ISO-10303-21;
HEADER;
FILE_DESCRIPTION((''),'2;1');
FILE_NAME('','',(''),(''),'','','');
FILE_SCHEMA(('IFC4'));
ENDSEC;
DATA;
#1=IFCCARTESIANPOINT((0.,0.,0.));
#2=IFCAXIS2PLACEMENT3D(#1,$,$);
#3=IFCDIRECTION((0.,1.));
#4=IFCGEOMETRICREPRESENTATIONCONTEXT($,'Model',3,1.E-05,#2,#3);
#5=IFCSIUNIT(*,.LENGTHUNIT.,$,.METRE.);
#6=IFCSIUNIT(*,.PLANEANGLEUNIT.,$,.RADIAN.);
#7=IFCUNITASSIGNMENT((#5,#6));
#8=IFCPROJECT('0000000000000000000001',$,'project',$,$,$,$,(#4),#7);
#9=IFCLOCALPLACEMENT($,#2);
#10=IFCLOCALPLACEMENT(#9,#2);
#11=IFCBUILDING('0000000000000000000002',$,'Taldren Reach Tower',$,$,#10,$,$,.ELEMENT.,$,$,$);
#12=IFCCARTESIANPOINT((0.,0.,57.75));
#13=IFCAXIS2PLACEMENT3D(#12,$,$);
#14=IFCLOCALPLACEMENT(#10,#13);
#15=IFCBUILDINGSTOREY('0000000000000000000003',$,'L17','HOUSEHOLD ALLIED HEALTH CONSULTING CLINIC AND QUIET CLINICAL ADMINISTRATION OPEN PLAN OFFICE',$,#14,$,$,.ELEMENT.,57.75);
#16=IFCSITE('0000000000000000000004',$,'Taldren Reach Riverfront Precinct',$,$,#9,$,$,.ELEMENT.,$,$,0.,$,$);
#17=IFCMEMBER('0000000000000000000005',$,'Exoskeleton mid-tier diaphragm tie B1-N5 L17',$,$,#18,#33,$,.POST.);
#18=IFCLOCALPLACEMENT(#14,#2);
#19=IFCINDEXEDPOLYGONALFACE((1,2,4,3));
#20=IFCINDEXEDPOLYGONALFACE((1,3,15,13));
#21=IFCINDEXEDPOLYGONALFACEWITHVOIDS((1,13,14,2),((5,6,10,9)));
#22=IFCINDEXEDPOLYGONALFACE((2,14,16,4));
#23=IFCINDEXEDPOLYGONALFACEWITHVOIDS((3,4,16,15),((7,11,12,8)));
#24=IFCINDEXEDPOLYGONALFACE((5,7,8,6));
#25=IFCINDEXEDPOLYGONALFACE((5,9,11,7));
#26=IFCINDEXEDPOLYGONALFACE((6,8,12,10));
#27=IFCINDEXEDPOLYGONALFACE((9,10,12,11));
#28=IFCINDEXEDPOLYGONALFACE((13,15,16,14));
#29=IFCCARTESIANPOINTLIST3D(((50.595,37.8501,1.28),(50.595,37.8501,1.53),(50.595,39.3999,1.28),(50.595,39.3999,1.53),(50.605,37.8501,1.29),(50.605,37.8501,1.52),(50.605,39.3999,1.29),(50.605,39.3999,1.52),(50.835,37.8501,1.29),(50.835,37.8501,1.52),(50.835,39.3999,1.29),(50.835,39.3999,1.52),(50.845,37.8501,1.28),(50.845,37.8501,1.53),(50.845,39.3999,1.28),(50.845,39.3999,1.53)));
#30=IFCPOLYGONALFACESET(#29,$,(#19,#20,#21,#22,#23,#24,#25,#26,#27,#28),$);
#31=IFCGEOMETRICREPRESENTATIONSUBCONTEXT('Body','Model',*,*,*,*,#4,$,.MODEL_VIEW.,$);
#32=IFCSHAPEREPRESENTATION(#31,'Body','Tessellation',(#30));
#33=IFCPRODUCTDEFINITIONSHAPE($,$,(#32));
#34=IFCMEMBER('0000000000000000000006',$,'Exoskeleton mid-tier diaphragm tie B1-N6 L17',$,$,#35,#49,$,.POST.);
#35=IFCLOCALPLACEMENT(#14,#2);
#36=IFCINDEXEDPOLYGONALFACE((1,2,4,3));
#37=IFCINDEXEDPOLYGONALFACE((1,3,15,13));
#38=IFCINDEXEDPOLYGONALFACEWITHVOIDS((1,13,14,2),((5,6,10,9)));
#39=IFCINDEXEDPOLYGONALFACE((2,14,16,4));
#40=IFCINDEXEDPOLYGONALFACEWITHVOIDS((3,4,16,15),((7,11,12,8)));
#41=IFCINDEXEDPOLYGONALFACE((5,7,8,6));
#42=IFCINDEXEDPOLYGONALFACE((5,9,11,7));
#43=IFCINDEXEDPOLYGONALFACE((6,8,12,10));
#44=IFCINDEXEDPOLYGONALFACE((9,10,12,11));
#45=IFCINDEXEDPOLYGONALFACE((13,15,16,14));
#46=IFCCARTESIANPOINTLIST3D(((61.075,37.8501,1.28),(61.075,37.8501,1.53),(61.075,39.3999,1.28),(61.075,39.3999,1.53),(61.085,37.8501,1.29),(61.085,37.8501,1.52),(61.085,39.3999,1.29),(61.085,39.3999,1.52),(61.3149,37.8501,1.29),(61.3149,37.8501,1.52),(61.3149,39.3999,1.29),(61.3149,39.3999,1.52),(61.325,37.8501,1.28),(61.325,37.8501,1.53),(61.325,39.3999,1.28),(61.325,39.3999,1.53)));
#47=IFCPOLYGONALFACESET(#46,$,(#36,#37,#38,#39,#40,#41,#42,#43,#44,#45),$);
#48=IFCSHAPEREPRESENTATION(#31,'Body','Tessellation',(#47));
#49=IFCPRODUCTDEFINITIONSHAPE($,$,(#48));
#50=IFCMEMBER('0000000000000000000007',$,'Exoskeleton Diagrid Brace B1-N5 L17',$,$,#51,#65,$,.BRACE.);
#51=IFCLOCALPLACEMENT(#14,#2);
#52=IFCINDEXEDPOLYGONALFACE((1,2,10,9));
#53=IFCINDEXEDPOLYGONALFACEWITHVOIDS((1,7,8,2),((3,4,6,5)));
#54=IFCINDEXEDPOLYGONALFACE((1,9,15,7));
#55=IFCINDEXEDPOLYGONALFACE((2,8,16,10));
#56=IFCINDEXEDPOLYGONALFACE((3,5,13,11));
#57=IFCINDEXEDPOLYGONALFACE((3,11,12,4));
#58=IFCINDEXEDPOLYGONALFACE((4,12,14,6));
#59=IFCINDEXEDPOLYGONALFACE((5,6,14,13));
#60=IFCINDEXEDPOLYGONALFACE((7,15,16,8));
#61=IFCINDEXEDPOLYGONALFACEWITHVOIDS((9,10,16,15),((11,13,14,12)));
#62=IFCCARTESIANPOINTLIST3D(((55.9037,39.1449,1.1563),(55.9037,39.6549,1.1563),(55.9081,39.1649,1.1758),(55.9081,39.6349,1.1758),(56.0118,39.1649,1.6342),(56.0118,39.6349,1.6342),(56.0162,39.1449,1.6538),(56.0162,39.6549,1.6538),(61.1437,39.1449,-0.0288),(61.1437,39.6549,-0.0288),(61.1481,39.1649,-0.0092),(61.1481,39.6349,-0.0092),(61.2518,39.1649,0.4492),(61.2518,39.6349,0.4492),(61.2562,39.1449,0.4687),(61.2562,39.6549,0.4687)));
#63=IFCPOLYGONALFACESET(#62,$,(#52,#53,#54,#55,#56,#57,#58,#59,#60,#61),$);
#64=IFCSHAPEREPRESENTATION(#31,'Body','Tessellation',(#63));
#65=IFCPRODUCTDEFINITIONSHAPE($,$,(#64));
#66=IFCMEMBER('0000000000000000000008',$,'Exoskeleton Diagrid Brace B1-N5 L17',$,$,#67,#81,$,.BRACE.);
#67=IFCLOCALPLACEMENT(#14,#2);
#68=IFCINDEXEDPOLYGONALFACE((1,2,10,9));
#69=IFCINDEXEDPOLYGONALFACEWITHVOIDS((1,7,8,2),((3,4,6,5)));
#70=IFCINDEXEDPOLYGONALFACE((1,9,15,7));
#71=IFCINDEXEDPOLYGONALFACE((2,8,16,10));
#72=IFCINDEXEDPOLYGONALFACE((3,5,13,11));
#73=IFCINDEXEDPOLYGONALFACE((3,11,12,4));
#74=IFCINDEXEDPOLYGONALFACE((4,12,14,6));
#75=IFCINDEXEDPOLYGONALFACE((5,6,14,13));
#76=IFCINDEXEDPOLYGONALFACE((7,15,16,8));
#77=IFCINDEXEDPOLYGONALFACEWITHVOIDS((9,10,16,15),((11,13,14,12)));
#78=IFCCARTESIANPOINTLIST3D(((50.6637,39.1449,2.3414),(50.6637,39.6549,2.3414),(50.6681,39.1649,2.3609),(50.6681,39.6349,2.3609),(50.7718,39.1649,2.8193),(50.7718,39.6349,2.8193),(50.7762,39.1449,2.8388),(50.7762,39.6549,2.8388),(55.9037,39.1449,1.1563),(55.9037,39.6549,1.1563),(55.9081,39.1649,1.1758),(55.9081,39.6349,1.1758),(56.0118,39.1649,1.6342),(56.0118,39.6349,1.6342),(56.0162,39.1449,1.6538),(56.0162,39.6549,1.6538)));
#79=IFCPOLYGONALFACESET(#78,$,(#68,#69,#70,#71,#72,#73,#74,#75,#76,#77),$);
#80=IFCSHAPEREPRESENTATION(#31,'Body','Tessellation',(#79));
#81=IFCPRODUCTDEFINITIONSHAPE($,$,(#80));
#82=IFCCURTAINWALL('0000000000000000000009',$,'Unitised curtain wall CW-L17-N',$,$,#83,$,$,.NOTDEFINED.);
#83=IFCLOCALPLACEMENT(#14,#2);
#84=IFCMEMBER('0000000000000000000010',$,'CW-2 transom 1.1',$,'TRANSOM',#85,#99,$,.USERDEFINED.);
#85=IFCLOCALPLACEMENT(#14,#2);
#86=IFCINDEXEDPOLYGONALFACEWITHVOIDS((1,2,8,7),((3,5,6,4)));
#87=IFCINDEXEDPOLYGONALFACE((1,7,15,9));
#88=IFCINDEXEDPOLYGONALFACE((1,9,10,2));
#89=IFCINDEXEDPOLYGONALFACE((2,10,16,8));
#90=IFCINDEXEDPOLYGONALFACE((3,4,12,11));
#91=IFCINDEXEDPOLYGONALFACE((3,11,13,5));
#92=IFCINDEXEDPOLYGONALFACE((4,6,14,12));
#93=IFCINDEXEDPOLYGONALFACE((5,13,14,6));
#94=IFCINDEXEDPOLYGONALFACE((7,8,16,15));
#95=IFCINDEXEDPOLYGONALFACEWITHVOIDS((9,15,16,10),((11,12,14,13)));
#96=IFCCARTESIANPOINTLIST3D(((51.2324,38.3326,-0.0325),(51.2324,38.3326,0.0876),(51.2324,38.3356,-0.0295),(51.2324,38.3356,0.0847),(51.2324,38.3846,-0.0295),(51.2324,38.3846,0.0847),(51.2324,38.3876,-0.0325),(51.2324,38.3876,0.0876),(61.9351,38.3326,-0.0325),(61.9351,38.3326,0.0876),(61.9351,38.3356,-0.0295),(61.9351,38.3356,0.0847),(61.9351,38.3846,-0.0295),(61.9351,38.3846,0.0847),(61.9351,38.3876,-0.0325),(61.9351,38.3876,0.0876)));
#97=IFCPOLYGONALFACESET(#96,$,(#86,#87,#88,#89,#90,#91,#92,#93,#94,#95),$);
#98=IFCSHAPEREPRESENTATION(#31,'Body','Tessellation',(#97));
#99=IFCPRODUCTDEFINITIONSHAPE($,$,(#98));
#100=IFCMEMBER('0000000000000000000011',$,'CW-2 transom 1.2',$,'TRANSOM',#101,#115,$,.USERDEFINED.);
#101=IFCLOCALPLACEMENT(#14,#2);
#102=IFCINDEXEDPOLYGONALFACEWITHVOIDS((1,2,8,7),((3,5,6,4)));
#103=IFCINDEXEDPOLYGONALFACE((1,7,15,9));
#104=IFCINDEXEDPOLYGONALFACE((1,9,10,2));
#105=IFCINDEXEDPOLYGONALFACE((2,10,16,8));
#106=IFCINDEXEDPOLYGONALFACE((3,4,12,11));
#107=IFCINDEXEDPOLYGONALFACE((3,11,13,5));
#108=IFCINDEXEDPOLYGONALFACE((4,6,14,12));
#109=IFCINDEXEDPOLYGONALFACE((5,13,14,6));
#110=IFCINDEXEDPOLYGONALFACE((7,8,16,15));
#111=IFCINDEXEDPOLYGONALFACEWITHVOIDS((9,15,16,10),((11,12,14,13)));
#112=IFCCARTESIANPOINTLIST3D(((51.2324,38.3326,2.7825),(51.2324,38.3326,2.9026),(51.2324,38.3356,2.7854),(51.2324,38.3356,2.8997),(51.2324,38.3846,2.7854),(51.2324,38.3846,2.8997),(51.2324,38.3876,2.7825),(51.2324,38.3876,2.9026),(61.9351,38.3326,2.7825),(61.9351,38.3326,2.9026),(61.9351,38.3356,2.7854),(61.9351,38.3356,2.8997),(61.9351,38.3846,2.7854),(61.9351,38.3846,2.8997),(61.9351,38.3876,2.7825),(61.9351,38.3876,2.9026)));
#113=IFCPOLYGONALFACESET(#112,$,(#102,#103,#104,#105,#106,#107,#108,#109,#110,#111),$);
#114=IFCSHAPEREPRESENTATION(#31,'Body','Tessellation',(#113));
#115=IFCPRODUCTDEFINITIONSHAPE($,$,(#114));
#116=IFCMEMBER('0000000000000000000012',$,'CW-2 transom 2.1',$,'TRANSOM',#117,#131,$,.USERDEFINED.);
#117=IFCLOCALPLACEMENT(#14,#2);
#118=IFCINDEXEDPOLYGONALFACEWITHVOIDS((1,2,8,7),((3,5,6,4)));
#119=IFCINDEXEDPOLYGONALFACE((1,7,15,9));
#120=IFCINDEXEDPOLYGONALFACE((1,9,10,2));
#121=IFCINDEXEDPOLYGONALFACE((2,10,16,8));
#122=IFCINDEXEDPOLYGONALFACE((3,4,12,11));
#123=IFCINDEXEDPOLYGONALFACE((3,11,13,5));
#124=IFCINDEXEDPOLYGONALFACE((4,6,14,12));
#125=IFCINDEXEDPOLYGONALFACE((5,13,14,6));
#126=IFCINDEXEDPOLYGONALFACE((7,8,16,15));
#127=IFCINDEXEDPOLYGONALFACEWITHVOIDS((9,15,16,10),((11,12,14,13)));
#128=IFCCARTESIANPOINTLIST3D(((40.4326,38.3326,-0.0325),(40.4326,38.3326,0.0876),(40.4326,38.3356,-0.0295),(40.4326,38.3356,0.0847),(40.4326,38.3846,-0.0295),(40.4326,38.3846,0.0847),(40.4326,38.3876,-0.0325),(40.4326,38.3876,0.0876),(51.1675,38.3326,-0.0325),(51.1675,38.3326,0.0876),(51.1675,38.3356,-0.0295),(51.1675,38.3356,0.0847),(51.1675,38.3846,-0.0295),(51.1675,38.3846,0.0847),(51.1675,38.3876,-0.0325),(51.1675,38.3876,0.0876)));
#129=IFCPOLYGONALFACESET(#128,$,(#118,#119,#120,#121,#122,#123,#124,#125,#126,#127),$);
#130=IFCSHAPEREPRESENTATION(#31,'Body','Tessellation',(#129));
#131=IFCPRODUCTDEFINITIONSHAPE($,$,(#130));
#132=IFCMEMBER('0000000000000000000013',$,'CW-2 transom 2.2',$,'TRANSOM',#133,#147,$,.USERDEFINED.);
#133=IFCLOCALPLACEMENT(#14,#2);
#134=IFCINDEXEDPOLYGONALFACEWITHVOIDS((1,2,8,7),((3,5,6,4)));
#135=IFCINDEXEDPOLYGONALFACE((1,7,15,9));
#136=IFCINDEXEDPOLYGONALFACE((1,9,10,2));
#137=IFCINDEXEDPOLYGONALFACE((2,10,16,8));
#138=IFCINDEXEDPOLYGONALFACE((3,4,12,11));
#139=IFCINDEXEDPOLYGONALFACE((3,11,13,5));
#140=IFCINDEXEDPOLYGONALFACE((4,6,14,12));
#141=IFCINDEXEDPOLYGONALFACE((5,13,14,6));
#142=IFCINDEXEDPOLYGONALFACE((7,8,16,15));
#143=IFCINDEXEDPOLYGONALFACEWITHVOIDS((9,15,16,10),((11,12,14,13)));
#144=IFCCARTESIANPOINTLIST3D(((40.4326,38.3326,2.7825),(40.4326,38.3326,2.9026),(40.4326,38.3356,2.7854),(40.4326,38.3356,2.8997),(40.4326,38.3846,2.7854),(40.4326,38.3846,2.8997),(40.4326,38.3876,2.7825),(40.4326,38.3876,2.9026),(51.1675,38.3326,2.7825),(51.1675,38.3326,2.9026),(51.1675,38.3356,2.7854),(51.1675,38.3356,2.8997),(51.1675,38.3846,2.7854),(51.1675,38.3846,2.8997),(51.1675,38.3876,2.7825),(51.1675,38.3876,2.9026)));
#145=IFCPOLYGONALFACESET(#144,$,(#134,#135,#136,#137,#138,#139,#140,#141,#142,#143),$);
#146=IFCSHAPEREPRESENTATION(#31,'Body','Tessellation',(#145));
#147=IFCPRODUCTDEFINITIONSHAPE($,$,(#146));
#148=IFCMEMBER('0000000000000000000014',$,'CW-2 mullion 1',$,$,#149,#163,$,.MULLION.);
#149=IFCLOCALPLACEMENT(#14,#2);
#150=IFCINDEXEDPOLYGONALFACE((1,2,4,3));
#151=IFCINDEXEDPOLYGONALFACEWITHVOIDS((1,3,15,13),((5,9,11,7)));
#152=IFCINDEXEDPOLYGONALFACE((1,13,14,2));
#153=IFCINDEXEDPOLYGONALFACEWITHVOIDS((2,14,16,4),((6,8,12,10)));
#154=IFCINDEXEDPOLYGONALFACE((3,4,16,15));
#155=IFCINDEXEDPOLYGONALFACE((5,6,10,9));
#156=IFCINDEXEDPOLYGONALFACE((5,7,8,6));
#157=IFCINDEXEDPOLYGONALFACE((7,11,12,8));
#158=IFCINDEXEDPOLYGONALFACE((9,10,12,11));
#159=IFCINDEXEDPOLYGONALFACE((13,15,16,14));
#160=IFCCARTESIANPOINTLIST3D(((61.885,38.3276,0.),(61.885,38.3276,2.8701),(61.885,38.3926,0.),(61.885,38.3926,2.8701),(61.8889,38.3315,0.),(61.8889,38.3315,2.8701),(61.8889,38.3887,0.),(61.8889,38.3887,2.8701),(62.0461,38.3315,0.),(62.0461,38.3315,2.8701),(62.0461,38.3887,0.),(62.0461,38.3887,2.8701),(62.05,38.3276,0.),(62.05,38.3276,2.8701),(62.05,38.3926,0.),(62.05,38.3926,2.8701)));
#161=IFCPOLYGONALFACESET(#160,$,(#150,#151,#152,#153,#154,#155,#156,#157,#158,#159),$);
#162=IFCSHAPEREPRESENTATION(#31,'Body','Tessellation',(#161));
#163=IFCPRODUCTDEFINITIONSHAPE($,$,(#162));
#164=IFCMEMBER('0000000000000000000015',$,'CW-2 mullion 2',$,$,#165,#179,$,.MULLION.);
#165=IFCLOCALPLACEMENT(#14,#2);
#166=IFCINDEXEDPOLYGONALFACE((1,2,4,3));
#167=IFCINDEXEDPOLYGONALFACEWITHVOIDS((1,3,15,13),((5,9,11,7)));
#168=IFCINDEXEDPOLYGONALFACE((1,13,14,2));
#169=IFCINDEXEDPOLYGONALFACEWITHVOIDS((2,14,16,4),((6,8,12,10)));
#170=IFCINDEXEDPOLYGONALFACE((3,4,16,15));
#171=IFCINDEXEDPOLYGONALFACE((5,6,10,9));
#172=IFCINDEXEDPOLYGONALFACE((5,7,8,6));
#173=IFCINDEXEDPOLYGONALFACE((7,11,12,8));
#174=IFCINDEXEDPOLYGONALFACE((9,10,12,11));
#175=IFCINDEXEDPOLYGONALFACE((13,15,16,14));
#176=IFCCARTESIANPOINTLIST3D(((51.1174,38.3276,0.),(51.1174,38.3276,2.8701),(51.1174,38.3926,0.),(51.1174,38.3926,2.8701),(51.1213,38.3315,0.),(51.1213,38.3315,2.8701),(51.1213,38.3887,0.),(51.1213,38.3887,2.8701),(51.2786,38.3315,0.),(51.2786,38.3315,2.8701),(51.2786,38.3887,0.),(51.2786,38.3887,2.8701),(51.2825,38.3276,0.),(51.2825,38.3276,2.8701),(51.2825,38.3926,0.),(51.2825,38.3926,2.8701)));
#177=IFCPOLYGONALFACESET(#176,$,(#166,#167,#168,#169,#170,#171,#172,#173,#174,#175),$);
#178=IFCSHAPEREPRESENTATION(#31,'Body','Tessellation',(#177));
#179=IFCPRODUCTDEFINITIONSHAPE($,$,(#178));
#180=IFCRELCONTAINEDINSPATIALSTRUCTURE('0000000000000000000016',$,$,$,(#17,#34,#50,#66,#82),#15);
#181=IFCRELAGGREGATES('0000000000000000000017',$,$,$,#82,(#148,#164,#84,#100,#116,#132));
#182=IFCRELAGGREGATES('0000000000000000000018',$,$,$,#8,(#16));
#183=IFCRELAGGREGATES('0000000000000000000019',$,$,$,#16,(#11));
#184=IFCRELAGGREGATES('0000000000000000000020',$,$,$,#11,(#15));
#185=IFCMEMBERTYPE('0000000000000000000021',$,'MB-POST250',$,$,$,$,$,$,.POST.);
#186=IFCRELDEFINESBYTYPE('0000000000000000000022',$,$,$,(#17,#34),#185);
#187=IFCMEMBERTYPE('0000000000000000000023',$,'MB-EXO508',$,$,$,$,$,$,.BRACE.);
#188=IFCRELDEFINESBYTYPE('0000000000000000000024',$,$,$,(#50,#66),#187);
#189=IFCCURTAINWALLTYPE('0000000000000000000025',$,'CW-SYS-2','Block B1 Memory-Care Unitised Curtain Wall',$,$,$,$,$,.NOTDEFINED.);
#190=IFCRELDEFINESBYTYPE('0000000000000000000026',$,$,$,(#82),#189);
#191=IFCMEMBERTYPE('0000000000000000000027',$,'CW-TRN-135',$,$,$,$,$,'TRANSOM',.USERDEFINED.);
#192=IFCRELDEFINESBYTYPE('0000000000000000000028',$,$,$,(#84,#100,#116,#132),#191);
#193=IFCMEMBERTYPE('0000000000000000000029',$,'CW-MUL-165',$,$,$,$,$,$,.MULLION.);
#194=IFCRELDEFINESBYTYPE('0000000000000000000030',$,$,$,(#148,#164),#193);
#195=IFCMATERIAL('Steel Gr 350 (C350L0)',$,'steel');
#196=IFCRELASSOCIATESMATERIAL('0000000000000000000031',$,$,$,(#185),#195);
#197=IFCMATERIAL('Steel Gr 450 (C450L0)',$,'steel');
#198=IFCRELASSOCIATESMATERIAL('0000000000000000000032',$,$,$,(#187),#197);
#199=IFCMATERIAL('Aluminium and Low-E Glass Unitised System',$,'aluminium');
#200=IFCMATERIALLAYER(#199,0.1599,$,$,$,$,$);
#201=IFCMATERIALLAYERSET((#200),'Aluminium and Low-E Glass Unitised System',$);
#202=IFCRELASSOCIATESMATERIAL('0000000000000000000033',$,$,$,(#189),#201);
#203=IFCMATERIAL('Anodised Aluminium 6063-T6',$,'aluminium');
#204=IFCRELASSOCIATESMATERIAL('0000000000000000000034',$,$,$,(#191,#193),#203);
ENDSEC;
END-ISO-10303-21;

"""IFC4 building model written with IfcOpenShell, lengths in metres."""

from ifc_helpers import new_model, si_unit, direction, frame, origin, origin_2d, place, context, subcontext, project, spatial, hollow_rectangle, extrude, source, transform, mapped, material, layer, layer_set, material_profile, profile_set, type_object, element, aggregate, save


model = new_model("IFC4")

# Units and contexts
model_context = context("Model", 3, precision=1e-05, world=origin(), true_north=direction((0.0, 1.0)))
body_context = subcontext(model_context, "Body", "Model", "MODEL_VIEW")
ifc_project = project(units=[si_unit("LENGTHUNIT", "METRE"), si_unit("PLANEANGLEUNIT", "RADIAN")], contexts=[model_context])

# Site, building, storey
site_placement = place(None, origin())
site = spatial("IfcSite", under=ifc_project, at=site_placement, Name="Taldren Reach Riverfront Precinct", CompositionType="ELEMENT", RefElevation=0.0)
building_placement = place(site_placement, origin())
building = spatial("IfcBuilding", under=site, at=building_placement, Name="Taldren Reach Tower", CompositionType="ELEMENT")
storey_placement = place(building_placement, frame((0.0, 0.0, 57.75)))
storey = spatial("IfcBuildingStorey", under=building, at=storey_placement, Name="L17", Description="HOUSEHOLD ALLIED HEALTH CONSULTING CLINIC AND QUIET CLINICAL ADMINISTRATION OPEN PLAN OFFICE", CompositionType="ELEMENT", Elevation=57.75)

# Members
ifc_material_1 = material(Name="Steel Gr 450 (C450L0)", Category="steel")
ifc_material_2 = material(Name="Steel Gr 350 (C350L0)", Category="steel")
ifc_material_profile_1 = material_profile(ifc_material_2, hollow_rectangle(XDim=0.25, YDim=0.25, WallThickness=0.01, at=origin_2d()), Name="250x250x10.0SHS")
ifc_profile_set_1 = profile_set([ifc_material_profile_1], Name="Steel Gr 350 (C350L0)")
member_type_1 = type_object("IfcMemberType", Name="MB-POST250", PredefinedType="POST", material=ifc_profile_set_1)
shared_shape_1 = source(origin(), body_context, "Body", "SweptSolid", [
    extrude(hollow_rectangle(XDim=0.25, YDim=0.25, WallThickness=0.01, at=origin_2d()), origin(), (0.0, 0.0, 1.0), 1.5498),
])
for number, where, z_axis, x_axis, name in (
    (1, (50.72, 37.8501, 1.405), (0.0, 1.0, 0.0), (-1.0, 0.0, 0.0), "Exoskeleton mid-tier diaphragm tie B1-N5 L17"),
    (2, (61.2, 37.8501, 1.405), (0.0, 1.0, 0.0), (-1.0, 0.0, 0.0), "Exoskeleton mid-tier diaphragm tie B1-N6 L17"),
):
    element("IfcMember", number, at=place(storey_placement, frame(where, z_axis=z_axis, x_axis=x_axis)), inside=storey, type_object=member_type_1, Name=name, PredefinedType="POST", context=body_context, shape_type="MappedRepresentation", body=[
        mapped(shared_shape_1, transform((0.0, 0.0, 0.0), scale=1.0)),
    ])
ifc_material_profile_2 = material_profile(ifc_material_1, hollow_rectangle(XDim=0.51, YDim=0.51, WallThickness=0.02, at=origin_2d()), Name="510x510x20.0SHS")
ifc_profile_set_2 = profile_set([ifc_material_profile_2], Name="Steel Gr 450 (C450L0)")
member_type_2 = type_object("IfcMemberType", Name="MB-EXO508", PredefinedType="BRACE", material=ifc_profile_set_2)
shared_shape_2 = source(origin(), body_context, "Body", "SweptSolid", [
    extrude(hollow_rectangle(XDim=0.51, YDim=0.51, WallThickness=0.02, at=origin_2d()), origin(), (0.0, 0.0, 1.0), 5.3723),
])
for number, where, z_axis, x_axis, name in (
    (3, (61.2, 39.3999, 0.22), (-0.975368, 0.0, 0.220586), (0.0, -1.0, 0.0), "Exoskeleton Diagrid Brace B1-N5 L17"),
    (4, (55.96, 39.3999, 1.405), (-0.975368, 0.0, 0.220586), (0.0, -1.0, 0.0), "Exoskeleton Diagrid Brace B1-N5 L17"),
):
    element("IfcMember", number, at=place(storey_placement, frame(where, z_axis=z_axis, x_axis=x_axis)), inside=storey, type_object=member_type_2, Name=name, PredefinedType="BRACE", context=body_context, shape_type="MappedRepresentation", body=[
        mapped(shared_shape_2, transform((0.0, 0.0, 0.0), scale=1.0)),
    ])

# Curtain wall, members
ifc_material_3 = material(Name="Aluminium and Low-E Glass Unitised System", Category="aluminium")
ifc_layer_1 = layer(ifc_material_3, 0.1599)
ifc_layer_set_1 = layer_set([ifc_layer_1], Name="Aluminium and Low-E Glass Unitised System")
curtain_wall_type = type_object("IfcCurtainWallType", Name="CW-SYS-2", Description="Block B1 Memory-Care Unitised Curtain Wall", PredefinedType="NOTDEFINED", material=ifc_layer_set_1)
curtain_wall_placement = place(storey_placement, origin())
curtain_wall = element("IfcCurtainWall", 5, at=curtain_wall_placement, inside=storey, type_object=curtain_wall_type, Name="Unitised curtain wall CW-L17-N", PredefinedType="NOTDEFINED")
ifc_material_4 = material(Name="Anodised Aluminium 6063-T6", Category="aluminium")
ifc_material_profile_3 = material_profile(ifc_material_4, hollow_rectangle(XDim=0.0549, YDim=0.1201, WallThickness=0.0029, at=origin_2d()), Name="ALU-120x55x3RHS")
ifc_profile_set_3 = profile_set([ifc_material_profile_3], Name="Anodised Aluminium 6063-T6")
member_type_3 = type_object("IfcMemberType", Name="CW-TRN-135", ElementType="TRANSOM", PredefinedType="USERDEFINED", material=ifc_profile_set_3)
shared_shape_3 = source(origin(), body_context, "Body", "SweptSolid", [
    extrude(hollow_rectangle(XDim=0.0549, YDim=0.1201, WallThickness=0.0029, at=origin_2d()), origin(), (0.0, 0.0, 1.0), 10.7026),
])
member_1_placement = place(storey_placement, frame((61.9351, 38.3601, 0.0276), z_axis=(-1.0, 0.0, 0.0), x_axis=(0.0, -1.0, 0.0)))
member_1 = element("IfcMember", 6, at=member_1_placement, type_object=member_type_3, Name="CW-2 transom 1.1", ObjectType="TRANSOM", PredefinedType="USERDEFINED", context=body_context, shape_type="MappedRepresentation", body=[
    mapped(shared_shape_3, transform((0.0, 0.0, 0.0), scale=1.0)),
])
member_2_placement = place(storey_placement, frame((61.9351, 38.3601, 2.8425), z_axis=(-1.0, 0.0, 0.0), x_axis=(0.0, -1.0, 0.0)))
member_2 = element("IfcMember", 7, at=member_2_placement, type_object=member_type_3, Name="CW-2 transom 1.2", ObjectType="TRANSOM", PredefinedType="USERDEFINED", context=body_context, shape_type="MappedRepresentation", body=[
    mapped(shared_shape_3, transform((0.0, 0.0, 0.0), scale=1.0)),
])
shared_shape_4 = source(origin(), body_context, "Body", "SweptSolid", [
    extrude(hollow_rectangle(XDim=0.0549, YDim=0.1201, WallThickness=0.0029, at=origin_2d()), origin(), (0.0, 0.0, 1.0), 10.7349),
])
member_3_placement = place(storey_placement, frame((51.1675, 38.3601, 0.0276), z_axis=(-1.0, 0.0, 0.0), x_axis=(0.0, -1.0, 0.0)))
member_3 = element("IfcMember", 8, at=member_3_placement, type_object=member_type_3, Name="CW-2 transom 2.1", ObjectType="TRANSOM", PredefinedType="USERDEFINED", context=body_context, shape_type="MappedRepresentation", body=[
    mapped(shared_shape_4, transform((0.0, 0.0, 0.0), scale=1.0)),
])
member_4_placement = place(storey_placement, frame((51.1675, 38.3601, 2.8425), z_axis=(-1.0, 0.0, 0.0), x_axis=(0.0, -1.0, 0.0)))
member_4 = element("IfcMember", 9, at=member_4_placement, type_object=member_type_3, Name="CW-2 transom 2.2", ObjectType="TRANSOM", PredefinedType="USERDEFINED", context=body_context, shape_type="MappedRepresentation", body=[
    mapped(shared_shape_4, transform((0.0, 0.0, 0.0), scale=1.0)),
])
ifc_material_profile_4 = material_profile(ifc_material_4, hollow_rectangle(XDim=0.0649, YDim=0.165, WallThickness=0.0039, at=origin_2d()), Name="ALU-165x65x4RHS")
ifc_profile_set_4 = profile_set([ifc_material_profile_4], Name="Anodised Aluminium 6063-T6")
member_type_4 = type_object("IfcMemberType", Name="CW-MUL-165", PredefinedType="MULLION", material=ifc_profile_set_4)
shared_shape_5 = source(origin(), body_context, "Body", "SweptSolid", [
    extrude(hollow_rectangle(XDim=0.0649, YDim=0.165, WallThickness=0.0039, at=origin_2d()), origin(), (0.0, 0.0, 1.0), 2.8701),
])
member_5_placement = place(storey_placement, frame((61.9675, 38.3601, 0.0), z_axis=(0.0, 0.0, 1.0), x_axis=(0.0, -1.0, 0.0)))
member_5 = element("IfcMember", 10, at=member_5_placement, type_object=member_type_4, Name="CW-2 mullion 1", PredefinedType="MULLION", context=body_context, shape_type="MappedRepresentation", body=[
    mapped(shared_shape_5, transform((0.0, 0.0, 0.0), scale=1.0)),
])
member_6_placement = place(storey_placement, frame((51.2, 38.3601, 0.0), z_axis=(0.0, 0.0, 1.0), x_axis=(0.0, -1.0, 0.0)))
member_6 = element("IfcMember", 11, at=member_6_placement, type_object=member_type_4, Name="CW-2 mullion 2", PredefinedType="MULLION", context=body_context, shape_type="MappedRepresentation", body=[
    mapped(shared_shape_5, transform((0.0, 0.0, 0.0), scale=1.0)),
])

aggregate(curtain_wall, [member_5, member_6, member_1, member_2, member_3, member_4])

save(model, "model.ifc")
